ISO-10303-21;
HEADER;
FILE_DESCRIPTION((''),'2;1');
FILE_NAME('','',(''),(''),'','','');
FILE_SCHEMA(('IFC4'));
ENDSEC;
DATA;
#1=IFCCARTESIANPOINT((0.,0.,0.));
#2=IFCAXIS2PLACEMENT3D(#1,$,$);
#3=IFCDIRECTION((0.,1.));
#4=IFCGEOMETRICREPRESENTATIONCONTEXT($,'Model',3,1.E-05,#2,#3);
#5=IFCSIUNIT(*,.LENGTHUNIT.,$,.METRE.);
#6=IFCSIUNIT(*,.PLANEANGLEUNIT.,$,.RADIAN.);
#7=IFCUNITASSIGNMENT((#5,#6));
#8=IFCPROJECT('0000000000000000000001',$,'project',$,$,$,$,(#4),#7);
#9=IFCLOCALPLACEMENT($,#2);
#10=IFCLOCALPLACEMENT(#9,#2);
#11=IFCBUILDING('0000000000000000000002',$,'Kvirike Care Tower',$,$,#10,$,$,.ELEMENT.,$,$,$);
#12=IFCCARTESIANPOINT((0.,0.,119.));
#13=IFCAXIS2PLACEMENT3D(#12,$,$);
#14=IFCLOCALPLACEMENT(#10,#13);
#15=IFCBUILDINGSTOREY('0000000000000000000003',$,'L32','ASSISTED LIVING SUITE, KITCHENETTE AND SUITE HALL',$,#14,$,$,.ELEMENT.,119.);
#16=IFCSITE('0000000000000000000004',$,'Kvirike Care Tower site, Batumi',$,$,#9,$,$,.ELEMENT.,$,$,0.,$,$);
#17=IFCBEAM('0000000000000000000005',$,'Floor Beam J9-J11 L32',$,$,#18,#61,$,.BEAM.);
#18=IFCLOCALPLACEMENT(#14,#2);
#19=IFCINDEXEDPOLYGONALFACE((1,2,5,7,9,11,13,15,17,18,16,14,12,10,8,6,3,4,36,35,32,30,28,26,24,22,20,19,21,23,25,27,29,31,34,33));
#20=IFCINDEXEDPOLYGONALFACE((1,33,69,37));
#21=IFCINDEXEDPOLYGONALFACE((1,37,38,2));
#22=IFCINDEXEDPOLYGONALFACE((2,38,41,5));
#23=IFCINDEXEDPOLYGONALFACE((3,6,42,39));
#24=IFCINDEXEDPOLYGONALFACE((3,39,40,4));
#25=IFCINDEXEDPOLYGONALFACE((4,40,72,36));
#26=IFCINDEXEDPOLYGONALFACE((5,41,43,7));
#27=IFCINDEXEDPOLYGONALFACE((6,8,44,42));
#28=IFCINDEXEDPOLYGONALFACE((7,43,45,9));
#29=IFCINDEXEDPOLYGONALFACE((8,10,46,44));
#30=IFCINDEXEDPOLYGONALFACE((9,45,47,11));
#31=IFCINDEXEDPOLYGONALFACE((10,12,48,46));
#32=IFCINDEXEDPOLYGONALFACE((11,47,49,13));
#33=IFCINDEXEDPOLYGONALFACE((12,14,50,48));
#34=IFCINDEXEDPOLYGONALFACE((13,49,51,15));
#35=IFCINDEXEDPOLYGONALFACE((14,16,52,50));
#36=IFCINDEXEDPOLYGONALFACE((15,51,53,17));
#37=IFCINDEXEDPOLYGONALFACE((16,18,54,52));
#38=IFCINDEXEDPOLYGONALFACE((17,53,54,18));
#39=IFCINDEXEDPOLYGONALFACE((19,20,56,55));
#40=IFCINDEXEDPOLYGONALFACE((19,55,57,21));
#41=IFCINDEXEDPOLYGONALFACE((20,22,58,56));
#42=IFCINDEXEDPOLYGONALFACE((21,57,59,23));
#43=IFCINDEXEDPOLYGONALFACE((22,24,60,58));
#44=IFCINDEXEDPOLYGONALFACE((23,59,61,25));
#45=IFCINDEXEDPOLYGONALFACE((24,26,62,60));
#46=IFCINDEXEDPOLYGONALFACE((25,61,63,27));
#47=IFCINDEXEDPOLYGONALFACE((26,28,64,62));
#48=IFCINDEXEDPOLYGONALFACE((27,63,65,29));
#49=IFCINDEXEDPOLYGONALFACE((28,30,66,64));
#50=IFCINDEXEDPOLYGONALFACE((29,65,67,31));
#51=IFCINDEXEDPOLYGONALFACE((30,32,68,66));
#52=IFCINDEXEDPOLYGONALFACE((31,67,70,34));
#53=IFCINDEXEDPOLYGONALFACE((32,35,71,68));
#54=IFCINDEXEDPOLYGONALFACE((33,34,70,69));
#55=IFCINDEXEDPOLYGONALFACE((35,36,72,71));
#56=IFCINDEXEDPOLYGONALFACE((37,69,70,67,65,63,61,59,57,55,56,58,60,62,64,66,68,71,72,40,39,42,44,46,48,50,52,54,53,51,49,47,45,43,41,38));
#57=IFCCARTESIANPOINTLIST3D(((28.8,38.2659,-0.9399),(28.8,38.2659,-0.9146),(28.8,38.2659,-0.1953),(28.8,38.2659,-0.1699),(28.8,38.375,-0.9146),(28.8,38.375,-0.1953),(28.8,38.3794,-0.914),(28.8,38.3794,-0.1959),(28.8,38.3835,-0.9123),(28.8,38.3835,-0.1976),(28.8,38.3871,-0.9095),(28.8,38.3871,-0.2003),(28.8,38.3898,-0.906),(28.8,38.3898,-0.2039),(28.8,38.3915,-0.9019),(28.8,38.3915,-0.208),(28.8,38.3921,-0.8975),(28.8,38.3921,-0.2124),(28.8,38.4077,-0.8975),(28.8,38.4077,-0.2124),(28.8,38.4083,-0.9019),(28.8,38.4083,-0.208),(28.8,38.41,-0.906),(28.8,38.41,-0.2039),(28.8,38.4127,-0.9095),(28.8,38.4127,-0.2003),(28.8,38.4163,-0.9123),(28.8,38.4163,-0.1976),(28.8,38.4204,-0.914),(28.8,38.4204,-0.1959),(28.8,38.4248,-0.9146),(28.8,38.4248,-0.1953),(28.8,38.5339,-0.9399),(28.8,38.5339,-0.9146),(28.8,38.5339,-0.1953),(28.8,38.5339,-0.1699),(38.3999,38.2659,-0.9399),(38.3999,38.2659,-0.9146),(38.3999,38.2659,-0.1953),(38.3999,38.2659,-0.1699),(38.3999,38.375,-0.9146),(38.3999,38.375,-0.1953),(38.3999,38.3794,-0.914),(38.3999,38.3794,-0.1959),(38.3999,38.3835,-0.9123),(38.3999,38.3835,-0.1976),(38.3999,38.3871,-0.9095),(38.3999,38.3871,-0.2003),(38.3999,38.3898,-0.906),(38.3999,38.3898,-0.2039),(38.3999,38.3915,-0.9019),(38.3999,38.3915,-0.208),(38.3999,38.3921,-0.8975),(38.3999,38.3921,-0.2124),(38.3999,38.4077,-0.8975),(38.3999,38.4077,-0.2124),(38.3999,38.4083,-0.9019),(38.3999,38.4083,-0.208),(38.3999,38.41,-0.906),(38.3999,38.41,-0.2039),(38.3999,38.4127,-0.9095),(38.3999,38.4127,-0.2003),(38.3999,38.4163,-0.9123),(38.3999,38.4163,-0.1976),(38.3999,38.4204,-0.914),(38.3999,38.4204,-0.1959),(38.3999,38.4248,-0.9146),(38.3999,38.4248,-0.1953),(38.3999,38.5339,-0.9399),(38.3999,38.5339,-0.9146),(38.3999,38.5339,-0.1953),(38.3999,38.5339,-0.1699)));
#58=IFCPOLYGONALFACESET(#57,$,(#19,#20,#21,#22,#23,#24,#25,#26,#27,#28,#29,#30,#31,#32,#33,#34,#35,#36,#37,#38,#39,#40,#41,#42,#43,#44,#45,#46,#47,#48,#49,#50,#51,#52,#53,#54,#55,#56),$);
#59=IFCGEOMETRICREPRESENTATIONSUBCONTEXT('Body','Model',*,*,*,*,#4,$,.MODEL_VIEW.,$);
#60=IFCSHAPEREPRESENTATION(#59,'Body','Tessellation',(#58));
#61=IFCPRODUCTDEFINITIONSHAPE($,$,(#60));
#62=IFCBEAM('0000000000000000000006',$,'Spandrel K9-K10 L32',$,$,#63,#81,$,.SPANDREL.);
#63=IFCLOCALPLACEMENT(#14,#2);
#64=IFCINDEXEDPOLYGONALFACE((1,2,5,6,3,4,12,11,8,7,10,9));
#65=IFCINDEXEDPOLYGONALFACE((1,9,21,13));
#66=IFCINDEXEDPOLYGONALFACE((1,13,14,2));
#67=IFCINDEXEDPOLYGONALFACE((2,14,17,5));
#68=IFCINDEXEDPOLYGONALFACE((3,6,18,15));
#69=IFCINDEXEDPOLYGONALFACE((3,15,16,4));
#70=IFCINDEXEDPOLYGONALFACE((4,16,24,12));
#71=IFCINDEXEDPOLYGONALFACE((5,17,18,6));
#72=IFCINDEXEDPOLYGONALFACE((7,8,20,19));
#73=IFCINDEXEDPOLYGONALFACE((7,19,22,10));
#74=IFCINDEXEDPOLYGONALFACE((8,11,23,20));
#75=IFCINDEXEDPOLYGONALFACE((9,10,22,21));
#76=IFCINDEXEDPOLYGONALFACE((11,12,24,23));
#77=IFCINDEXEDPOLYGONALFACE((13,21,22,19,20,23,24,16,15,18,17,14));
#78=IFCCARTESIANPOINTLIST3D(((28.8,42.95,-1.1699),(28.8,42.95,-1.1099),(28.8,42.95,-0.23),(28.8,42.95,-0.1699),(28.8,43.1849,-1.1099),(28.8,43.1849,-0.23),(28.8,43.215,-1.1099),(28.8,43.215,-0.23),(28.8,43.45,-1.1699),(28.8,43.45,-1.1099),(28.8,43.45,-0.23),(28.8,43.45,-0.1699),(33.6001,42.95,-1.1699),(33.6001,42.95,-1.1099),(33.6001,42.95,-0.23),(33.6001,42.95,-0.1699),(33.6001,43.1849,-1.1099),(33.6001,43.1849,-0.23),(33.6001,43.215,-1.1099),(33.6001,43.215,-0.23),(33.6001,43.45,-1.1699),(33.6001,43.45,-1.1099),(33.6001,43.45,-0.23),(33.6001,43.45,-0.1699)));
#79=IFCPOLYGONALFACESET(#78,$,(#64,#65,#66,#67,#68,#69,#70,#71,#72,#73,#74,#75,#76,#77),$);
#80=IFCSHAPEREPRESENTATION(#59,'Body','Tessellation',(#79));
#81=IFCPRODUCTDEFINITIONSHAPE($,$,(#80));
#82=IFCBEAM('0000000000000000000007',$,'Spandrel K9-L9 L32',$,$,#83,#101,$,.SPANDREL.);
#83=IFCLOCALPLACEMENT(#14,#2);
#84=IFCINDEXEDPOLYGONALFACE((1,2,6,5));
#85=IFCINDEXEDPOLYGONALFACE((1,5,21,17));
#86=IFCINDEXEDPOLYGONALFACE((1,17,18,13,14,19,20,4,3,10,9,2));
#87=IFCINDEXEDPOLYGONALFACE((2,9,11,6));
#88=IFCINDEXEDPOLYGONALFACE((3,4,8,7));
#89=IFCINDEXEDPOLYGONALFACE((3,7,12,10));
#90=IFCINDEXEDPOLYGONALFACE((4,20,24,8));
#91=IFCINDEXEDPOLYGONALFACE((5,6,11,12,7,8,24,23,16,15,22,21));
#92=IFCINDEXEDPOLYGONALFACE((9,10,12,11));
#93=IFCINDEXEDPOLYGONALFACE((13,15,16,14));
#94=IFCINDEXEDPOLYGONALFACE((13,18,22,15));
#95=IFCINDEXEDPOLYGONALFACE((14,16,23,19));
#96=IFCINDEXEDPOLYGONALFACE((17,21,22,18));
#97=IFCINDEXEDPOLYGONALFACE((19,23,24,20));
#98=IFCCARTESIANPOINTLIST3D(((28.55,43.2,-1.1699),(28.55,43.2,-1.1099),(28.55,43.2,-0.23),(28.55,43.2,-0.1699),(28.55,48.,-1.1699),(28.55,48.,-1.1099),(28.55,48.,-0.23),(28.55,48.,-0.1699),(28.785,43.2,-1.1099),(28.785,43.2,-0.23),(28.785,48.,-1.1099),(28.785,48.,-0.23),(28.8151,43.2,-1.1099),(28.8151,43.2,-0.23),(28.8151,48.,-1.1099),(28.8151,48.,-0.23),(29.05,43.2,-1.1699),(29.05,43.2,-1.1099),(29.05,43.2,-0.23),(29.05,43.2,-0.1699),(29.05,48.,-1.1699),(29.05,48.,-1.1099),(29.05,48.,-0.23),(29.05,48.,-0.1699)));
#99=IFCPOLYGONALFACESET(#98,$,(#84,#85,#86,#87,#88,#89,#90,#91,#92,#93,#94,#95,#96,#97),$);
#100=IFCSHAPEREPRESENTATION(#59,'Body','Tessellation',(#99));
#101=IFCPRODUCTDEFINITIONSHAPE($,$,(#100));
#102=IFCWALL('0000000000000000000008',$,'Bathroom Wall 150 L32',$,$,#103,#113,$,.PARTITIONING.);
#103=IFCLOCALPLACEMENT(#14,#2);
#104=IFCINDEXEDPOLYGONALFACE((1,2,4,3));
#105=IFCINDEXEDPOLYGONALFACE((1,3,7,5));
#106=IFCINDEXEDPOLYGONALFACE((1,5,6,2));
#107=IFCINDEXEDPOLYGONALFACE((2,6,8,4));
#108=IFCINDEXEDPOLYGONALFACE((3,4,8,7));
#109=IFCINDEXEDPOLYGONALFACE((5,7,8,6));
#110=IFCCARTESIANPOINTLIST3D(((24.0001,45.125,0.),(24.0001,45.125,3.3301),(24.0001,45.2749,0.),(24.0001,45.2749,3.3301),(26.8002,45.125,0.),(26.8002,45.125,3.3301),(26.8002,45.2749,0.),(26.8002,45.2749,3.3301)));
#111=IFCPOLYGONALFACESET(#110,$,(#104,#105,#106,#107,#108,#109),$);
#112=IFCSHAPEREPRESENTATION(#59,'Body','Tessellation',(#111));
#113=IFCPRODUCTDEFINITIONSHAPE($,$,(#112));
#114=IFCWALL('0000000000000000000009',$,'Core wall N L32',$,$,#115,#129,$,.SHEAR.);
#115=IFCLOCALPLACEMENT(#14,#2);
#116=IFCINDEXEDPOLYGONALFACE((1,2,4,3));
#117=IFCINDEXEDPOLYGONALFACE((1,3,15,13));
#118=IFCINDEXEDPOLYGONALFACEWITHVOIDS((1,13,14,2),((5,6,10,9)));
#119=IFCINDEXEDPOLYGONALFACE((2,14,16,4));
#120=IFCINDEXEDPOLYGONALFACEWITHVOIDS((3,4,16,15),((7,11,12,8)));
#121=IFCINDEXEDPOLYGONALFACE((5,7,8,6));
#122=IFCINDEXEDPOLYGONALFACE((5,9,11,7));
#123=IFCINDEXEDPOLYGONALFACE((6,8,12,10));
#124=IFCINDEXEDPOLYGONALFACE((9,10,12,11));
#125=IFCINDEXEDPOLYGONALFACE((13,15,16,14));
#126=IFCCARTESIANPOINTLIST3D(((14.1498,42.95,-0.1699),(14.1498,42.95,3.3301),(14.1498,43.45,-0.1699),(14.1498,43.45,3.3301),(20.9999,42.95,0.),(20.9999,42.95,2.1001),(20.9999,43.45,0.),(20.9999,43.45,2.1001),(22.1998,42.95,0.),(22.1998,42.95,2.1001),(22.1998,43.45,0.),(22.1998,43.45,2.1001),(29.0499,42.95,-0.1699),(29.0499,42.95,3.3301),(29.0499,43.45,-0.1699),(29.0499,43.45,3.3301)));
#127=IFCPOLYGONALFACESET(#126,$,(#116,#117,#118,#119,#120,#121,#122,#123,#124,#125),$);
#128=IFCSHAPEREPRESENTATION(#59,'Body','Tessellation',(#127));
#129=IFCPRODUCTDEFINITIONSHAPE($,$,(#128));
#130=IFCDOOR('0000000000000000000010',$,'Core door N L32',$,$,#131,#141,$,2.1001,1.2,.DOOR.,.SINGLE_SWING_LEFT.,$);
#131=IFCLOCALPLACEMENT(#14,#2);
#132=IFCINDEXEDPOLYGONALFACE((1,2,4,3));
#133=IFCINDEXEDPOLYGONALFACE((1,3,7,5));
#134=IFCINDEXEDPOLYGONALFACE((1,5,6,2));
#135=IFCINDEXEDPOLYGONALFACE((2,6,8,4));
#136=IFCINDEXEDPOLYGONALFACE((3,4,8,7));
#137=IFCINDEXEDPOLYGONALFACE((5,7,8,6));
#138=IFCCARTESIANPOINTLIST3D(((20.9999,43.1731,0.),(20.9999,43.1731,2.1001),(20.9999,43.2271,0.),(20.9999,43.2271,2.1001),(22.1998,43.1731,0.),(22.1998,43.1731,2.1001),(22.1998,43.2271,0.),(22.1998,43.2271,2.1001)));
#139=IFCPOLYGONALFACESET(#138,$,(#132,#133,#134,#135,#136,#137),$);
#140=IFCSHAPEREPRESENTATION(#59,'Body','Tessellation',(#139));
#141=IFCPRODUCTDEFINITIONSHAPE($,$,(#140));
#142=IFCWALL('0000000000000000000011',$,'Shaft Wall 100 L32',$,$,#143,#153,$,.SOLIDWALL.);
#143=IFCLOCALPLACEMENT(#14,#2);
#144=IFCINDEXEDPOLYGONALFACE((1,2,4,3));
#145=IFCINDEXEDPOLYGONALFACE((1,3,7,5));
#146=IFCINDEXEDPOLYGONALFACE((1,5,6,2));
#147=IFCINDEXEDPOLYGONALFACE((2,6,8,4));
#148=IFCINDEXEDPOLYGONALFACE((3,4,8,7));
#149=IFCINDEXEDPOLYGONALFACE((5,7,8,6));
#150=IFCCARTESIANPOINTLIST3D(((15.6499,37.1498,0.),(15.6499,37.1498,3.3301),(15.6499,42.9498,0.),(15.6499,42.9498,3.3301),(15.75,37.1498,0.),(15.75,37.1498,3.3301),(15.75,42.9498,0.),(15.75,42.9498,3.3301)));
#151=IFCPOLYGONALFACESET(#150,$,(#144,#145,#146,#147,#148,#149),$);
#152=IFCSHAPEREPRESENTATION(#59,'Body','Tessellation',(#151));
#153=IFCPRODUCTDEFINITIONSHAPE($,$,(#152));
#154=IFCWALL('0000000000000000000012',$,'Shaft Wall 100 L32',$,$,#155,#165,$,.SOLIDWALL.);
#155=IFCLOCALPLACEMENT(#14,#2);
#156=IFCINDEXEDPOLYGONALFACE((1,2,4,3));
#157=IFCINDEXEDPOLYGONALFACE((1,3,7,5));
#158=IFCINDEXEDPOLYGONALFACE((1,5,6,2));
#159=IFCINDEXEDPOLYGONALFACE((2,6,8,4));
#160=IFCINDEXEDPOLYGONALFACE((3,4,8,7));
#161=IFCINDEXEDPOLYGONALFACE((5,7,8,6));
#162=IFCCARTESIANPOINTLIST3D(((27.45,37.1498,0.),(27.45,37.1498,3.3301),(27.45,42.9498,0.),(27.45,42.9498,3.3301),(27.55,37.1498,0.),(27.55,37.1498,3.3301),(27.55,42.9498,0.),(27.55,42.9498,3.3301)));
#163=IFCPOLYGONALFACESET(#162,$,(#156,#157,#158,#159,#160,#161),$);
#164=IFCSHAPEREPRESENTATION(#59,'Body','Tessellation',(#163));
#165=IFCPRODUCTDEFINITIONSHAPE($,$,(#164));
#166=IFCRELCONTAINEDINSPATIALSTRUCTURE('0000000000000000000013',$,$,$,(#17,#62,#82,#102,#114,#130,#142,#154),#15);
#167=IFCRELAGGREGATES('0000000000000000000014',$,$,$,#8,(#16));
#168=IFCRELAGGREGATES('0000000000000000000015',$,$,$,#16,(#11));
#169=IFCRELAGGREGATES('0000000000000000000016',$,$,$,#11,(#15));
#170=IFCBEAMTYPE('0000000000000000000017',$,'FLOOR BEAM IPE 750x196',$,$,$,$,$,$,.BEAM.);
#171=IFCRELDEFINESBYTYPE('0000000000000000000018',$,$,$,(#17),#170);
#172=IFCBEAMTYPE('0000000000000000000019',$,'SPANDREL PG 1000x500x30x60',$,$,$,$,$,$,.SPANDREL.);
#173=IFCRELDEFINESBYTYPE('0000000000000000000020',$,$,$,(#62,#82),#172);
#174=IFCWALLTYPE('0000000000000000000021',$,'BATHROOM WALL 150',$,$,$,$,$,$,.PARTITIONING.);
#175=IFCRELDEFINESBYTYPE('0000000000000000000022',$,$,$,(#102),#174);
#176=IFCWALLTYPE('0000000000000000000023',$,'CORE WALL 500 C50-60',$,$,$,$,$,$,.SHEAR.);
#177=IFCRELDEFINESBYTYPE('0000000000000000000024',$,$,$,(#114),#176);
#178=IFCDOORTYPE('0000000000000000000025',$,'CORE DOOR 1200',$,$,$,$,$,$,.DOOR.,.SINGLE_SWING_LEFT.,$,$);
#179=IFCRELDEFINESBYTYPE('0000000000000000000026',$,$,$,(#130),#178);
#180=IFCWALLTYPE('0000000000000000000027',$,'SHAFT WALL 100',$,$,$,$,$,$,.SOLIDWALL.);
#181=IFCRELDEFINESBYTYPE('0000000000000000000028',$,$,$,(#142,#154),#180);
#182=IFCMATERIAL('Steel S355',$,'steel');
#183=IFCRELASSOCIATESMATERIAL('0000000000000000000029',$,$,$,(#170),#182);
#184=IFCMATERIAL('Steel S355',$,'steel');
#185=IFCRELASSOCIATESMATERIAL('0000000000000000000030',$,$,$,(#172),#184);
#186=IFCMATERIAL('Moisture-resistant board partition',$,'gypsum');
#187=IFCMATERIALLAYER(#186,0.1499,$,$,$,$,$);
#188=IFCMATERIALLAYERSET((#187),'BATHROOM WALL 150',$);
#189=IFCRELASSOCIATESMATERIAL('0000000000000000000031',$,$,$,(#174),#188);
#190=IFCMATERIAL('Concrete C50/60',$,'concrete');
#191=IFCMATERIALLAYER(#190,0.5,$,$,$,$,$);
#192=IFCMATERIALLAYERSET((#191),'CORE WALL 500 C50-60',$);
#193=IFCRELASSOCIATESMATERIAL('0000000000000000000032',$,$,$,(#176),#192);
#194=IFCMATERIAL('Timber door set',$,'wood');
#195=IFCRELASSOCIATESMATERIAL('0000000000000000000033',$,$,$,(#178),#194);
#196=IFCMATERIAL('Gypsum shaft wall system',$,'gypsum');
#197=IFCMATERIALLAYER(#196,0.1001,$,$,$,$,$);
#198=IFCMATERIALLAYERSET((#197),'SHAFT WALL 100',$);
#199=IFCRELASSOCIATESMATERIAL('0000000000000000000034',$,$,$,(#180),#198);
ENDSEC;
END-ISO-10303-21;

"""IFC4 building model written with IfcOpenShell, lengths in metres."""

from ifc_helpers import new_model, si_unit, direction, frame, frame_2d, origin, origin_2d, place, context, subcontext, project, spatial, rectangle, i_section, extrude, material, layer, layer_set, material_profile, profile_set, type_object, element, fill, save


model = new_model("IFC4")

# Units and contexts
model_context = context("Model", 3, precision=1e-05, world=origin(), true_north=direction((0.0, 1.0)))
body_context = subcontext(model_context, "Body", "Model", "MODEL_VIEW")
ifc_project = project(units=[si_unit("LENGTHUNIT", "METRE"), si_unit("PLANEANGLEUNIT", "RADIAN")], contexts=[model_context])

# Site, building, storey
site_placement = place(None, origin())
site = spatial("IfcSite", under=ifc_project, at=site_placement, Name="Kvirike Care Tower site, Batumi", CompositionType="ELEMENT", RefElevation=0.0)
building_placement = place(site_placement, origin())
building = spatial("IfcBuilding", under=site, at=building_placement, Name="Kvirike Care Tower", CompositionType="ELEMENT")
storey_placement = place(building_placement, frame((0.0, 0.0, 119.0)))
storey = spatial("IfcBuildingStorey", under=building, at=storey_placement, Name="L32", Description="ASSISTED LIVING SUITE, KITCHENETTE AND SUITE HALL", CompositionType="ELEMENT", Elevation=119.0)

# Beams
ifc_material_1 = material(Name="Steel S355", Category="steel")
ifc_material_profile_1 = material_profile(ifc_material_1, i_section(OverallWidth=0.2681, OverallDepth=0.77, WebThickness=0.0156, FlangeThickness=0.0254, FilletRadius=0.0171, at=origin_2d()), Name="IPE 750x196")
ifc_profile_set_1 = profile_set([ifc_material_profile_1], Name="Steel S355")
beam_type_1 = type_object("IfcBeamType", Name="FLOOR BEAM IPE 750x196", PredefinedType="BEAM", material=ifc_profile_set_1)
beam_placement = place(storey_placement, frame((28.8, 38.3999, -0.5549), z_axis=(1.0, 0.0, 0.0), x_axis=(0.0, 1.0, 0.0)))
element("IfcBeam", 1, at=beam_placement, inside=storey, type_object=beam_type_1, Name="Floor Beam J9-J11 L32", PredefinedType="BEAM", context=body_context, shape_type="SweptSolid", body=[
    extrude(i_section(OverallWidth=0.2681, OverallDepth=0.77, WebThickness=0.0156, FlangeThickness=0.0254, FilletRadius=0.0171, at=origin_2d()), origin(), (0.0, 0.0, 1.0), 9.5999),
])
ifc_material_2 = material(Name="Steel S355", Category="steel")
ifc_material_profile_2 = material_profile(ifc_material_2, i_section(OverallWidth=0.5, OverallDepth=1.0, WebThickness=0.03, FlangeThickness=0.0601, at=origin_2d()), Name="PG 1000x500x30x60")
ifc_profile_set_2 = profile_set([ifc_material_profile_2], Name="Steel S355")
beam_type_2 = type_object("IfcBeamType", Name="SPANDREL PG 1000x500x30x60", PredefinedType="SPANDREL", material=ifc_profile_set_2)
for number, where, z_axis, x_axis, name in (
    (2, (28.8, 43.2, -0.6699), (1.0, 0.0, 0.0), (0.0, 1.0, 0.0), "Spandrel K9-K10 L32"),
    (3, (28.8, 43.2, -0.6699), (0.0, 1.0, 0.0), (-1.0, 0.0, 0.0), "Spandrel K9-L9 L32"),
):
    element("IfcBeam", number, at=place(storey_placement, frame(where, z_axis=z_axis, x_axis=x_axis)), inside=storey, type_object=beam_type_2, Name=name, PredefinedType="SPANDREL", context=body_context, shape_type="SweptSolid", body=[
        extrude(i_section(OverallWidth=0.5, OverallDepth=1.0, WebThickness=0.03, FlangeThickness=0.0601, at=origin_2d()), origin(), (0.0, 0.0, 1.0), 4.8),
    ])

# Wall
ifc_material_3 = material(Name="Moisture-resistant board partition", Category="gypsum")
ifc_layer_1 = layer(ifc_material_3, 0.1499)
ifc_layer_set_1 = layer_set([ifc_layer_1], Name="BATHROOM WALL 150")
wall_type_1 = type_object("IfcWallType", Name="BATHROOM WALL 150", PredefinedType="PARTITIONING", material=ifc_layer_set_1)
wall_1_placement = place(storey_placement, frame((26.8, 45.2, 0.0), z_axis=(0.0, 0.0, 1.0), x_axis=(-1.0, 0.0, 0.0)))
element("IfcWall", 4, at=wall_1_placement, inside=storey, type_object=wall_type_1, Name="Bathroom Wall 150 L32", PredefinedType="PARTITIONING", context=body_context, shape_type="SweptSolid", body=[
    extrude(rectangle(XDim=2.8, YDim=0.1499, at=frame_2d((1.3999, 0.0))), origin(), (0.0, 0.0, 1.0), 3.3301),
])

# Wall, opening, door
ifc_material_4 = material(Name="Concrete C50/60", Category="concrete")
ifc_layer_2 = layer(ifc_material_4, 0.5)
ifc_layer_set_2 = layer_set([ifc_layer_2], Name="CORE WALL 500 C50-60")
wall_type_2 = type_object("IfcWallType", Name="CORE WALL 500 C50-60", PredefinedType="SHEAR", material=ifc_layer_set_2)
wall_2_placement = place(storey_placement, frame((29.05, 43.2, -0.1699), z_axis=(0.0, 0.0, 1.0), x_axis=(-1.0, 0.0, 0.0)))
wall_2 = element("IfcWall", 5, at=wall_2_placement, inside=storey, type_object=wall_type_2, Name="Core wall N L32", PredefinedType="SHEAR", context=body_context, shape_type="SweptSolid", body=[
    extrude(rectangle(XDim=14.9001, YDim=0.5, at=frame_2d((7.4502, 0.0))), origin(), (0.0, 0.0, 1.0), 3.5),
])
opening_1_placement = place(wall_2_placement, frame((6.8501, 0.0, 0.1699)))
opening_1 = element("IfcOpeningElement", 6, at=opening_1_placement, cuts=wall_2, PredefinedType="OPENING", context=body_context, shape_type="SweptSolid", body=[
    extrude(rectangle(XDim=1.2, YDim=2.1001, at=frame_2d((0.6001, 1.05))), frame((0.0, 0.2605, 0.0), z_axis=(0.0, -1.0, 0.0), x_axis=(1.0, 0.0, 0.0)), (0.0, 0.0, 1.0), 0.521),
])
ifc_material_5 = material(Name="Timber door set", Category="wood")
door_type_1 = type_object("IfcDoorType", Name="CORE DOOR 1200", OperationType="SINGLE_SWING_LEFT", PredefinedType="DOOR", material=ifc_material_5)
door_1_placement = place(opening_1_placement, origin())
door_1 = element("IfcDoor", 7, at=door_1_placement, inside=storey, type_object=door_type_1, Name="Core door N L32", OperationType="SINGLE_SWING_LEFT", OverallHeight=2.1001, OverallWidth=1.2, PredefinedType="DOOR", context=body_context, shape_type="SweptSolid", body=[
    extrude(rectangle(XDim=1.2, YDim=2.1001, at=frame_2d((0.6001, 1.05))), frame((0.0, 0.0269, 0.0), z_axis=(0.0, -1.0, 0.0), x_axis=(1.0, 0.0, 0.0)), (0.0, 0.0, 1.0), 0.054),
])
fill(opening_1, door_1)

# Walls
ifc_material_6 = material(Name="Gypsum shaft wall system", Category="gypsum")
ifc_layer_3 = layer(ifc_material_6, 0.1001)
ifc_layer_set_3 = layer_set([ifc_layer_3], Name="SHAFT WALL 100")
wall_type_3 = type_object("IfcWallType", Name="SHAFT WALL 100", PredefinedType="SOLIDWALL", material=ifc_layer_set_3)
for number, where, z_axis, x_axis, name in (
    (8, (15.7, 37.1499, 0.0), (0.0, 0.0, 1.0), (0.0, 1.0, 0.0), "Shaft Wall 100 L32"),
    (9, (27.5, 37.1499, 0.0), (0.0, 0.0, 1.0), (0.0, 1.0, 0.0), "Shaft Wall 100 L32"),
):
    element("IfcWall", number, at=place(storey_placement, frame(where, z_axis=z_axis, x_axis=x_axis)), inside=storey, type_object=wall_type_3, Name=name, PredefinedType="SOLIDWALL", context=body_context, shape_type="SweptSolid", body=[
        extrude(rectangle(XDim=5.8, YDim=0.1001, at=frame_2d((2.8999, 0.0))), origin(), (0.0, 0.0, 1.0), 3.3301),
    ])

save(model, "model.ifc")
